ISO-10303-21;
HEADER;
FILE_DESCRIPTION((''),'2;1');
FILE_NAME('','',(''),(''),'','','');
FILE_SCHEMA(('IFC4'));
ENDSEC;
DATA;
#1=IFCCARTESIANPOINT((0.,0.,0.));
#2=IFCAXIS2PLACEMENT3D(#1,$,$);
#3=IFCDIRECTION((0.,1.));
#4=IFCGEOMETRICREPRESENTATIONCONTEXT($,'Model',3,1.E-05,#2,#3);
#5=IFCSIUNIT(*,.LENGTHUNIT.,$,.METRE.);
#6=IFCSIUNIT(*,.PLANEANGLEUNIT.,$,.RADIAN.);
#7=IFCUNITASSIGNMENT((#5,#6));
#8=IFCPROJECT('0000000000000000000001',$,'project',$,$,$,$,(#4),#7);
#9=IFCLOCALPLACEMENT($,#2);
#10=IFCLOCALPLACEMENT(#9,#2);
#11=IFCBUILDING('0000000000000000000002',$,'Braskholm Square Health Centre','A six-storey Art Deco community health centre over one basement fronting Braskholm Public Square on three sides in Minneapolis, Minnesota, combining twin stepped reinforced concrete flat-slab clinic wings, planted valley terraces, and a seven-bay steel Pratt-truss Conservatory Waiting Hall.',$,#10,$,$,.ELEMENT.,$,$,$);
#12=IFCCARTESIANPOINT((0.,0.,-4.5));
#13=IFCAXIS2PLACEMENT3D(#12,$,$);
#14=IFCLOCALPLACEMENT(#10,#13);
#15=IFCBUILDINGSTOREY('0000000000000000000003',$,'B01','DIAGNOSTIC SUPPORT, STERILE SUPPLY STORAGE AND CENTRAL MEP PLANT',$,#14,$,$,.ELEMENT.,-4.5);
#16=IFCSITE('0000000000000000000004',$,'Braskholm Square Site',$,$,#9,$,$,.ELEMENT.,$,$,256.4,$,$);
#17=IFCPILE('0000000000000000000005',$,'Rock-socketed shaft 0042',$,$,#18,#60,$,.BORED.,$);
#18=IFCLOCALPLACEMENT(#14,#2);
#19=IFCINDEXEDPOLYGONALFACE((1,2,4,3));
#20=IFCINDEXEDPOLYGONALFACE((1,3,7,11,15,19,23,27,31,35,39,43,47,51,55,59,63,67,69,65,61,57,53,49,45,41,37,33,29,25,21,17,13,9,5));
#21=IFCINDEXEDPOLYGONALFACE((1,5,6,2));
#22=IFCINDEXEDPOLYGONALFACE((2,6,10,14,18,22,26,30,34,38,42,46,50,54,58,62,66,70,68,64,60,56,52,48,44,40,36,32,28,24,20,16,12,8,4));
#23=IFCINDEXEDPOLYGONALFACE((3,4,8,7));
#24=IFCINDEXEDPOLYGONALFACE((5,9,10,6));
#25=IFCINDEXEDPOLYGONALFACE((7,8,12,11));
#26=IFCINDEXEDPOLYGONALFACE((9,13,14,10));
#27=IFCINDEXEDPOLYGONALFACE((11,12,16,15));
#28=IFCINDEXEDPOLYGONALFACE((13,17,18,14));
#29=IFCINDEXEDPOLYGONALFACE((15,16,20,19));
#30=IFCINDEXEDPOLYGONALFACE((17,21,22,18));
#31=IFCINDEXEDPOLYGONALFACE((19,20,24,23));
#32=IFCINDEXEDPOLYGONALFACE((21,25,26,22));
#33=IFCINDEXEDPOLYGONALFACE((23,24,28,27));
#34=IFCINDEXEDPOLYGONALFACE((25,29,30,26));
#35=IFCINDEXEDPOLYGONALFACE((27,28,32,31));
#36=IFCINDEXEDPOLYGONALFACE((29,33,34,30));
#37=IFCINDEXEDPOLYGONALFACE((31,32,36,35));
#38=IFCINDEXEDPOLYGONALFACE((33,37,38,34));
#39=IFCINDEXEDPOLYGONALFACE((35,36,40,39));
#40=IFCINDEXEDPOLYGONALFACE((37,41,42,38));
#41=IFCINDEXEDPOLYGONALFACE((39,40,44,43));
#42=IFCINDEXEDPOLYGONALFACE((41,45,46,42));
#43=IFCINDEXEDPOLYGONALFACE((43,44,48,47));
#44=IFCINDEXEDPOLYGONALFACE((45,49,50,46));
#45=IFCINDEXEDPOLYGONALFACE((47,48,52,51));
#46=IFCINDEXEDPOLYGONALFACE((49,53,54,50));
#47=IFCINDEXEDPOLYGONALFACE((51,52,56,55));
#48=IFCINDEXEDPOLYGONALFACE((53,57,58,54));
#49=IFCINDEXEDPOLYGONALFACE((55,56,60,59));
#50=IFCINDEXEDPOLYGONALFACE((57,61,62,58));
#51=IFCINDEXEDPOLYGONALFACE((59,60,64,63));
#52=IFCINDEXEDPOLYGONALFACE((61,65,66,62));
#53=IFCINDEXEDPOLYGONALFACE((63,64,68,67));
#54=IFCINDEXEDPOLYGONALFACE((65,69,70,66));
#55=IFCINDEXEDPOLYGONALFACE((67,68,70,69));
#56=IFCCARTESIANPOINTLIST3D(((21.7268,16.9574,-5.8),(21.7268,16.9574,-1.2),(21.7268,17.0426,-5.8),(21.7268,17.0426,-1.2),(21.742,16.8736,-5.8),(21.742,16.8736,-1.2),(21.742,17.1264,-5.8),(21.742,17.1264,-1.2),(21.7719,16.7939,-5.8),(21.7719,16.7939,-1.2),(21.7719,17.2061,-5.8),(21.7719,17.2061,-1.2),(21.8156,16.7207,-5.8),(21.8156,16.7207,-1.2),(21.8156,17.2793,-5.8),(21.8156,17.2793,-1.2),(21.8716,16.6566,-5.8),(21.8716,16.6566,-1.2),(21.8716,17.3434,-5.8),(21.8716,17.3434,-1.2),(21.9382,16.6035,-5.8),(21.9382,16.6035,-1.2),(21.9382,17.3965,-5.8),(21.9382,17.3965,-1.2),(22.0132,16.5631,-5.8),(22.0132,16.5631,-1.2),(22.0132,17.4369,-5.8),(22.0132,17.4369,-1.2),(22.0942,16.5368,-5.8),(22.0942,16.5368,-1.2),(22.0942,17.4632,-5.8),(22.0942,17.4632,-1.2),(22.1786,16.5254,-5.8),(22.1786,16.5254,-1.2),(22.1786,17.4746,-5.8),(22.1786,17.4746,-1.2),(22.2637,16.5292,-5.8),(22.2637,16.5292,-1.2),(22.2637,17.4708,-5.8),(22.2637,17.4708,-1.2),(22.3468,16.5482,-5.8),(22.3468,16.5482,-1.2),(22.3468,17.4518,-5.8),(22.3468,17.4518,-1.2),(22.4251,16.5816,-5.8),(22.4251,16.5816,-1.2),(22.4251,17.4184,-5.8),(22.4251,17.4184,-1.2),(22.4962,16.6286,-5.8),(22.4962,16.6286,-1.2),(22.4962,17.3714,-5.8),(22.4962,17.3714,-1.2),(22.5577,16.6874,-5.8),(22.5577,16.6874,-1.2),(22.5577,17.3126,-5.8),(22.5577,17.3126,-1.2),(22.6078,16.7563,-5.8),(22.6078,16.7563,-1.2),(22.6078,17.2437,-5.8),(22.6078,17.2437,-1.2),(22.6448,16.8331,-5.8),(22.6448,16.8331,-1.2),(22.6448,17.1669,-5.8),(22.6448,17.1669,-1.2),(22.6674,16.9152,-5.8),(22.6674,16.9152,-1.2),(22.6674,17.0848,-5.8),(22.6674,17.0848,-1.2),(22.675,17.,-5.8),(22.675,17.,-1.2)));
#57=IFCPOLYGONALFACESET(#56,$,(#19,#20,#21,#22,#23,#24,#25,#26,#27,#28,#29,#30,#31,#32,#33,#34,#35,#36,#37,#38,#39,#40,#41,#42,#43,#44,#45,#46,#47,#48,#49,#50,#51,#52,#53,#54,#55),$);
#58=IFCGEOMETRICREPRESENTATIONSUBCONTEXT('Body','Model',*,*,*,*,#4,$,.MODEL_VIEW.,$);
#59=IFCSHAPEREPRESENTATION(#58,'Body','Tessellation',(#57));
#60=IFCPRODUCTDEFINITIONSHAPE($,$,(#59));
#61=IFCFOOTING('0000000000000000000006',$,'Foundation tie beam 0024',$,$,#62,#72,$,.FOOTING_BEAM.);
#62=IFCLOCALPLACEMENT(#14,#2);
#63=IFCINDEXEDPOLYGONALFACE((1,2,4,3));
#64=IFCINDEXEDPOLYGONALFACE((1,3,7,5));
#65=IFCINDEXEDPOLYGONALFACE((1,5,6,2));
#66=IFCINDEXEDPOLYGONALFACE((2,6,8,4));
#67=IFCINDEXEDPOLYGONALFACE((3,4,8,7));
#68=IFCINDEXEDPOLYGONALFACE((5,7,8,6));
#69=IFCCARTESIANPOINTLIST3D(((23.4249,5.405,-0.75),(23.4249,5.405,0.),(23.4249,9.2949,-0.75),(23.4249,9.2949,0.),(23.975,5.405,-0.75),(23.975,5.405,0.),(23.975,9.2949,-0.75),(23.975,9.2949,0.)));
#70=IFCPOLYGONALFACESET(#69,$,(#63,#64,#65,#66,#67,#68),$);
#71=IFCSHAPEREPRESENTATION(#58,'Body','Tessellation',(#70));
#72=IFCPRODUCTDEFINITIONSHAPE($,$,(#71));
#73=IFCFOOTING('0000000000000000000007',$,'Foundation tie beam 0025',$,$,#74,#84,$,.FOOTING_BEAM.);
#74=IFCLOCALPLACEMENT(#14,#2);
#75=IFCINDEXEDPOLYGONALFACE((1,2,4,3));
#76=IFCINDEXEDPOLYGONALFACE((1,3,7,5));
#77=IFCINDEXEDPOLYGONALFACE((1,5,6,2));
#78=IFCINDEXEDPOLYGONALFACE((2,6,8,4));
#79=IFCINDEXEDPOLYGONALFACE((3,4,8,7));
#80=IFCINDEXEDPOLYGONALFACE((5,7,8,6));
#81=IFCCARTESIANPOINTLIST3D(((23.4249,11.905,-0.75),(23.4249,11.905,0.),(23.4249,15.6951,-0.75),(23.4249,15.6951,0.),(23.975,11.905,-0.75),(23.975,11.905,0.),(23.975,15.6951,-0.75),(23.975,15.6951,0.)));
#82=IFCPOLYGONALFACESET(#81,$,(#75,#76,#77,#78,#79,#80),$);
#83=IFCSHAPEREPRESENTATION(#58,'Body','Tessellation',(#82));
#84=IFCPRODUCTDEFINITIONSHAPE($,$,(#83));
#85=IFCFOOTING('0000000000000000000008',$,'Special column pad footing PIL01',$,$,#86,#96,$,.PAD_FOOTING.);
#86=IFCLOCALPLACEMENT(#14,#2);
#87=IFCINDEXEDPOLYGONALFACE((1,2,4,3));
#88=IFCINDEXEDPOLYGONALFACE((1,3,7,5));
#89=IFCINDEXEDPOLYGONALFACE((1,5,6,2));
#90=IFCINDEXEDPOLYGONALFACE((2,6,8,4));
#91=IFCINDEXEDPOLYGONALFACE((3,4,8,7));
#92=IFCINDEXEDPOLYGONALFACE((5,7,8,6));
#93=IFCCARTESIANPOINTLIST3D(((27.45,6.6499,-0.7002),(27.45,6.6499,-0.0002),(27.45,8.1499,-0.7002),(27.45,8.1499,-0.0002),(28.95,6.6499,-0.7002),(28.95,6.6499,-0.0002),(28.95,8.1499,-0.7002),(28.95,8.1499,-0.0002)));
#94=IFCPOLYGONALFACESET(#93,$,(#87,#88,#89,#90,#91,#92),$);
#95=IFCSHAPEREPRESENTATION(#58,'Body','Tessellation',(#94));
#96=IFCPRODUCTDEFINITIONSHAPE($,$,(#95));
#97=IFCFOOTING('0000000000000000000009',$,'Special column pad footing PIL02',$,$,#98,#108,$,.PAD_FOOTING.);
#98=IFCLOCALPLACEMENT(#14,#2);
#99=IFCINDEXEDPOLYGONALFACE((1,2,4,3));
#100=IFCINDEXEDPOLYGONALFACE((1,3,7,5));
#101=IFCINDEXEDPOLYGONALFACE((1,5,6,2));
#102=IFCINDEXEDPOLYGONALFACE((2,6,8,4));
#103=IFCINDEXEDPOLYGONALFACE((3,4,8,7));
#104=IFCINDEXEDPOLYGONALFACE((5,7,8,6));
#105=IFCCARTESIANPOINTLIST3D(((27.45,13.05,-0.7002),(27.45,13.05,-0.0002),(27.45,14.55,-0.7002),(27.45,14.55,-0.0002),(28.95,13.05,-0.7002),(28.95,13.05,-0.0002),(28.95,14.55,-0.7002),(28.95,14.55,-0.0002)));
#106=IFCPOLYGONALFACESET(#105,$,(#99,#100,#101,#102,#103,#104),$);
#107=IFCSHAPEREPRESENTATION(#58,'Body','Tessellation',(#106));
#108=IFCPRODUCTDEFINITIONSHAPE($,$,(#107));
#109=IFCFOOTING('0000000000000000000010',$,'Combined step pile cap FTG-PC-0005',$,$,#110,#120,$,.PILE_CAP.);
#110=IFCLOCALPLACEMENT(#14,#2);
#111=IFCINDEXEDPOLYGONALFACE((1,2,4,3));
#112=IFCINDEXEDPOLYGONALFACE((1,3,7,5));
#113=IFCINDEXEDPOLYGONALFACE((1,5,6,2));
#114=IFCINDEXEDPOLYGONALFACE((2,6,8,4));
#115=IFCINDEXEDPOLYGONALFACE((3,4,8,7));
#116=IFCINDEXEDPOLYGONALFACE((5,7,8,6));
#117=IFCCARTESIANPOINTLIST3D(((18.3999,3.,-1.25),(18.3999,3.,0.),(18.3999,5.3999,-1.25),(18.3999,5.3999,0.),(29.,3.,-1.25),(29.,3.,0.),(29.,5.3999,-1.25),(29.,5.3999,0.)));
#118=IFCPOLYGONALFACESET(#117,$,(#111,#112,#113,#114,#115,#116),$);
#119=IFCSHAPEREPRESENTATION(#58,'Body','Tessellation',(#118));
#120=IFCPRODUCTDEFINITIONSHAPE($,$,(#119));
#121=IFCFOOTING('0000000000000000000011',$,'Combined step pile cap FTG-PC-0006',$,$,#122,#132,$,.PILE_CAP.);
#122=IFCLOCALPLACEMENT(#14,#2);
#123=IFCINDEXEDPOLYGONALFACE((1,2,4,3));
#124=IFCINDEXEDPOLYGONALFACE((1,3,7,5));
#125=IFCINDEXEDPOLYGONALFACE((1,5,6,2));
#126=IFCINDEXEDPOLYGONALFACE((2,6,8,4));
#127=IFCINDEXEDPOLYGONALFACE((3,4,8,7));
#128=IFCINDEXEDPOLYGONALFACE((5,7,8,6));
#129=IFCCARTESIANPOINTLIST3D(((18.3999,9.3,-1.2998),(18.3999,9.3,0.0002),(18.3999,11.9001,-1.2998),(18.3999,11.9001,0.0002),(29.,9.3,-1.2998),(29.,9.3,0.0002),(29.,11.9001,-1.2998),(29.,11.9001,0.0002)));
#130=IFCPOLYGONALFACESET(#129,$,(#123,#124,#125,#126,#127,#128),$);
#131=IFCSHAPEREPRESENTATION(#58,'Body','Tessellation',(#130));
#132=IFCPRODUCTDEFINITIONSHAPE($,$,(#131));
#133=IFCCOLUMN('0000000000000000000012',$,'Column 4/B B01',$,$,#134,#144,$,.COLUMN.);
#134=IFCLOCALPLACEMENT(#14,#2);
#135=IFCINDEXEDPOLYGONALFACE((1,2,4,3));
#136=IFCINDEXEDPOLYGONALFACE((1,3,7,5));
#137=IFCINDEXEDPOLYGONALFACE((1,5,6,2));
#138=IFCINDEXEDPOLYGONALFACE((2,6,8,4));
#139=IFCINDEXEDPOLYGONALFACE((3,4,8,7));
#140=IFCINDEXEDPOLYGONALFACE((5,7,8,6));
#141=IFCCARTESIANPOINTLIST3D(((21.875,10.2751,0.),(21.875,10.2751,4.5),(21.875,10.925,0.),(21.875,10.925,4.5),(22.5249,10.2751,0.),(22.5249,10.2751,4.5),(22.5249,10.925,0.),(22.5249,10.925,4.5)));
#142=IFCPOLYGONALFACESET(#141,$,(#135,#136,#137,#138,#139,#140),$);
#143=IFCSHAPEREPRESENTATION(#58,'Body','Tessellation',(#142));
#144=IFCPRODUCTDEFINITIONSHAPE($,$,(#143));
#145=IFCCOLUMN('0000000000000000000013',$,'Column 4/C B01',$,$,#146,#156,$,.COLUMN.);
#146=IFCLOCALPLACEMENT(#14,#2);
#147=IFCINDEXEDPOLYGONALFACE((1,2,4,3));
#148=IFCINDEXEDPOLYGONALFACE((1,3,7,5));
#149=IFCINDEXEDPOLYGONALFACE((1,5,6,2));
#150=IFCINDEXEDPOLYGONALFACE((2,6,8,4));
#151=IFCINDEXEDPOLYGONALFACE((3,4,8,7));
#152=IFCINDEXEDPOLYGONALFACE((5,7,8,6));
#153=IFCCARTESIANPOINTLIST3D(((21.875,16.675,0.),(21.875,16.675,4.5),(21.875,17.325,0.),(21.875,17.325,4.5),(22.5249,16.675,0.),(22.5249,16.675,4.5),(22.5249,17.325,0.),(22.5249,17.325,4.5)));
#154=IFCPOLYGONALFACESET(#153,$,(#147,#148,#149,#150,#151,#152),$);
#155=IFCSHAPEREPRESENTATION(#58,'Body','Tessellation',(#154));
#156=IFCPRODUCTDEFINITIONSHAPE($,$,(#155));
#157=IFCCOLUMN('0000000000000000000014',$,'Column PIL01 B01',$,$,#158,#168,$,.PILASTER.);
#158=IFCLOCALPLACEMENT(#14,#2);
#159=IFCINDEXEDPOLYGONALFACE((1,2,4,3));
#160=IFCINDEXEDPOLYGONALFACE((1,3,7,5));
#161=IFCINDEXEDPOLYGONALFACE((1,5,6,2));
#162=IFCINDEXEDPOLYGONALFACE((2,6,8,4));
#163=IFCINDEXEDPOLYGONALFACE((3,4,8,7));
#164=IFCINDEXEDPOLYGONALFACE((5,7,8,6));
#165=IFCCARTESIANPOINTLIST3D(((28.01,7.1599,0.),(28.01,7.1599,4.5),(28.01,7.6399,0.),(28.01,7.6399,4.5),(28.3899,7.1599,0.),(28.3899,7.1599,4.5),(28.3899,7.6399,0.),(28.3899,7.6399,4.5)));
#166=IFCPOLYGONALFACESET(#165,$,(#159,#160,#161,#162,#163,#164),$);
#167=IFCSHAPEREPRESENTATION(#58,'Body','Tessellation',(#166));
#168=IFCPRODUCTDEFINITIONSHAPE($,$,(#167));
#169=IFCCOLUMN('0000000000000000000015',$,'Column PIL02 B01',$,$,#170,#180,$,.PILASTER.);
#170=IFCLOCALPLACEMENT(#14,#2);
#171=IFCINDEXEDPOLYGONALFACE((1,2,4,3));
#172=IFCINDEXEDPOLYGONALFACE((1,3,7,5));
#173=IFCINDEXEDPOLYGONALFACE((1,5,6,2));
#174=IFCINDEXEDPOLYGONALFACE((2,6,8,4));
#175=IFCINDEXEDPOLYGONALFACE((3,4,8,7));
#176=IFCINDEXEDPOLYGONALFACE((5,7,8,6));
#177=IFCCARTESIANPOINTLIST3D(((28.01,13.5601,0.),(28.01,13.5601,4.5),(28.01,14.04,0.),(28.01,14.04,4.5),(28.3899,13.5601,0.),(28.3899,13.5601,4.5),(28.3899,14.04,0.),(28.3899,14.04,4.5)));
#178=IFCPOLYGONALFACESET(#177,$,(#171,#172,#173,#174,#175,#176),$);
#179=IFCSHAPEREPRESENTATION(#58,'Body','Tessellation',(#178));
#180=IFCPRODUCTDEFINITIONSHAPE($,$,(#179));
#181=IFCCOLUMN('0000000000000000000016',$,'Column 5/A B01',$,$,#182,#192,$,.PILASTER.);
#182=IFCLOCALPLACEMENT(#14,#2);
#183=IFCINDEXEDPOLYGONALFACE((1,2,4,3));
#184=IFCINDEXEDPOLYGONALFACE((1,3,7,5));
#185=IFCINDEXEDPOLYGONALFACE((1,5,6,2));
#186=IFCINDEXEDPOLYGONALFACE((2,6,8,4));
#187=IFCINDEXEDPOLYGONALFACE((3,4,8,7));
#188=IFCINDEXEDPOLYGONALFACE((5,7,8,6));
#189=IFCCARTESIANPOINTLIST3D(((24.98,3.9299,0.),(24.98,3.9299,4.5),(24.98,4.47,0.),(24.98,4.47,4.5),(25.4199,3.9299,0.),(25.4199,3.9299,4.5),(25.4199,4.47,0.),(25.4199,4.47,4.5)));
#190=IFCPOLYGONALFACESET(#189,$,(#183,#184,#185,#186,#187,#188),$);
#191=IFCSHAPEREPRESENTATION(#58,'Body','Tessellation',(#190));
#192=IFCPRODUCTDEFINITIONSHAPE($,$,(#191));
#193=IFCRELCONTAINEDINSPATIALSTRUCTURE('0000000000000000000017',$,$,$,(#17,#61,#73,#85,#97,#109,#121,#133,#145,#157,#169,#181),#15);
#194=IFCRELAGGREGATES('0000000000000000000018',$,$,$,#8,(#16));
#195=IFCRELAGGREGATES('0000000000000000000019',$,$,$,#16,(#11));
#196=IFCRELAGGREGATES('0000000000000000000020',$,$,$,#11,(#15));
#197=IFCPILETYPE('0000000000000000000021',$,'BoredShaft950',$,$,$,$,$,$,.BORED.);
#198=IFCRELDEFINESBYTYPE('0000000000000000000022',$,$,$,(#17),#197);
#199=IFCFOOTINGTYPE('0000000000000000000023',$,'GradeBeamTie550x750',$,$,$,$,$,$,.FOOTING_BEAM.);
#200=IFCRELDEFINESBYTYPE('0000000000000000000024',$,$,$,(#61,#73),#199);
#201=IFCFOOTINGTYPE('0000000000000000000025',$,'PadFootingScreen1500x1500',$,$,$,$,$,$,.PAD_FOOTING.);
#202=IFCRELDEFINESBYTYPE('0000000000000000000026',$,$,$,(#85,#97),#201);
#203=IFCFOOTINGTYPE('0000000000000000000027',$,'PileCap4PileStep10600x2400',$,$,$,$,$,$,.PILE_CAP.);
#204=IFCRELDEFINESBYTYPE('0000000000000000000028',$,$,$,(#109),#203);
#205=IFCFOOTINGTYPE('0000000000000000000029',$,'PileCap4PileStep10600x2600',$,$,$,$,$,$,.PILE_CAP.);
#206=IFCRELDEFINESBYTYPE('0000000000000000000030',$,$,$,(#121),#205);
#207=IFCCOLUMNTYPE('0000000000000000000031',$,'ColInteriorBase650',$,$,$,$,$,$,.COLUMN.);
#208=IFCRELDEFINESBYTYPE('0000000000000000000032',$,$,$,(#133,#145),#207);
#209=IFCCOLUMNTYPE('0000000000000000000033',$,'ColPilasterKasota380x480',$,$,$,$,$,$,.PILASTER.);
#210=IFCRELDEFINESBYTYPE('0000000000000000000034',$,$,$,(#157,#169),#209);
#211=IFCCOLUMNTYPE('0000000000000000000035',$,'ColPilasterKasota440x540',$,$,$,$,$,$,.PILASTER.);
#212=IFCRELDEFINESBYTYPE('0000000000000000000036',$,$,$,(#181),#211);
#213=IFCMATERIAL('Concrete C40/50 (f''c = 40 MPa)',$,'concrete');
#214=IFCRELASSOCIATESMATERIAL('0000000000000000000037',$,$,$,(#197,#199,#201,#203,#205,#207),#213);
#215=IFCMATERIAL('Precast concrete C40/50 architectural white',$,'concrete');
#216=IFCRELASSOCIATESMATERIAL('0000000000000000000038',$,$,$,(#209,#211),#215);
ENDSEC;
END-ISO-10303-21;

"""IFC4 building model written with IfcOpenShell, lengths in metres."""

from ifc_helpers import new_model, si_unit, direction, frame, origin, origin_2d, place, context, subcontext, project, spatial, rectangle, circle, extrude, material, material_profile, profile_set, type_object, element, save


model = new_model("IFC4")

# Units and contexts
model_context = context("Model", 3, precision=1e-05, world=origin(), true_north=direction((0.0, 1.0)))
body_context = subcontext(model_context, "Body", "Model", "MODEL_VIEW")
ifc_project = project(units=[si_unit("LENGTHUNIT", "METRE"), si_unit("PLANEANGLEUNIT", "RADIAN")], contexts=[model_context])

# Site, building, storey
site_placement = place(None, origin())
site = spatial("IfcSite", under=ifc_project, at=site_placement, Name="Braskholm Square Site", CompositionType="ELEMENT", RefElevation=256.4)
building_placement = place(site_placement, origin())
building = spatial("IfcBuilding", under=site, at=building_placement, Name="Braskholm Square Health Centre", Description="A six-storey Art Deco community health centre over one basement fronting Braskholm Public Square on three sides in Minneapolis, Minnesota, combining twin stepped reinforced concrete flat-slab clinic wings, planted valley terraces, and a seven-bay steel Pratt-truss Conservatory Waiting Hall.", CompositionType="ELEMENT")
storey_placement = place(building_placement, frame((0.0, 0.0, -4.5)))
storey = spatial("IfcBuildingStorey", under=building, at=storey_placement, Name="B01", Description="DIAGNOSTIC SUPPORT, STERILE SUPPLY STORAGE AND CENTRAL MEP PLANT", CompositionType="ELEMENT", Elevation=-4.5)

# Pile
ifc_material_1 = material(Name="Concrete C40/50 (f'c = 40 MPa)", Category="concrete")
ifc_material_profile_1 = material_profile(ifc_material_1, circle(Radius=0.4751, at=origin_2d()), Name="BORED-PILE-950")
ifc_profile_set_1 = profile_set([ifc_material_profile_1], Name="Concrete C40/50 (f'c = 40 MPa)")
pile_type_1 = type_object("IfcPileType", Name="BoredShaft950", PredefinedType="BORED", material=ifc_profile_set_1)
for number, where, z_axis, x_axis, name in (
    (1, (22.2, 17.0, -1.2), (0.0, 0.0, -1.0), (1.0, 0.0, 0.0), "Rock-socketed shaft 0042"),
):
    element("IfcPile", number, at=place(storey_placement, frame(where, z_axis=z_axis, x_axis=x_axis)), inside=storey, type_object=pile_type_1, Name=name, PredefinedType="BORED", context=body_context, shape_type="SweptSolid", body=[
        extrude(circle(Radius=0.4751, at=origin_2d()), origin(), (0.0, 0.0, 1.0), 4.6001),
    ])

# Footings
ifc_material_profile_2 = material_profile(ifc_material_1, rectangle(XDim=0.55, YDim=0.75, at=origin_2d()), Name="FTG-550X750")
ifc_profile_set_2 = profile_set([ifc_material_profile_2], Name="Concrete C40/50 (f'c = 40 MPa)")
footing_type_1 = type_object("IfcFootingType", Name="GradeBeamTie550x750", PredefinedType="FOOTING_BEAM", material=ifc_profile_set_2)
footing_1_placement = place(storey_placement, frame((23.7, 5.405, -0.375), z_axis=(0.0, 1.0, 0.0), x_axis=(-1.0, 0.0, 0.0)))
element("IfcFooting", 2, at=footing_1_placement, inside=storey, type_object=footing_type_1, Name="Foundation tie beam 0024", PredefinedType="FOOTING_BEAM", context=body_context, shape_type="SweptSolid", body=[
    extrude(rectangle(XDim=0.55, YDim=0.75, at=origin_2d()), origin(), (0.0, 0.0, 1.0), 3.8899),
])
footing_2_placement = place(storey_placement, frame((23.7, 11.905, -0.375), z_axis=(0.0, 1.0, 0.0), x_axis=(-1.0, 0.0, 0.0)))
element("IfcFooting", 3, at=footing_2_placement, inside=storey, type_object=footing_type_1, Name="Foundation tie beam 0025", PredefinedType="FOOTING_BEAM", context=body_context, shape_type="SweptSolid", body=[
    extrude(rectangle(XDim=0.55, YDim=0.75, at=origin_2d()), origin(), (0.0, 0.0, 1.0), 3.79),
])
footing_type_2 = type_object("IfcFootingType", Name="PadFootingScreen1500x1500", PredefinedType="PAD_FOOTING", material=ifc_material_1)
for number, where, z_axis, x_axis, name in (
    (4, (28.2, 7.3999, -0.7002), (0.0, 0.0, 1.0), (1.0, 0.0, 0.0), "Special column pad footing PIL01"),
    (5, (28.2, 13.8, -0.7002), (0.0, 0.0, 1.0), (1.0, 0.0, 0.0), "Special column pad footing PIL02"),
):
    element("IfcFooting", number, at=place(storey_placement, frame(where, z_axis=z_axis, x_axis=x_axis)), inside=storey, type_object=footing_type_2, Name=name, PredefinedType="PAD_FOOTING", context=body_context, shape_type="SweptSolid", body=[
        extrude(rectangle(XDim=1.5, YDim=1.5, at=origin_2d()), origin(), (0.0, 0.0, 1.0), 0.7),
    ])
footing_type_3 = type_object("IfcFootingType", Name="PileCap4PileStep10600x2400", PredefinedType="PILE_CAP", material=ifc_material_1)
footing_3_placement = place(storey_placement, frame((23.7, 4.2, -1.25), z_axis=(0.0, 0.0, 1.0), x_axis=(1.0, 0.0, 0.0)))
element("IfcFooting", 6, at=footing_3_placement, inside=storey, type_object=footing_type_3, Name="Combined step pile cap FTG-PC-0005", PredefinedType="PILE_CAP", context=body_context, shape_type="SweptSolid", body=[
    extrude(rectangle(XDim=10.6001, YDim=2.3999, at=origin_2d()), origin(), (0.0, 0.0, 1.0), 1.25),
])
footing_type_4 = type_object("IfcFootingType", Name="PileCap4PileStep10600x2600", PredefinedType="PILE_CAP", material=ifc_material_1)
footing_4_placement = place(storey_placement, frame((23.7, 10.6001, -1.2998), z_axis=(0.0, 0.0, 1.0), x_axis=(1.0, 0.0, 0.0)))
element("IfcFooting", 7, at=footing_4_placement, inside=storey, type_object=footing_type_4, Name="Combined step pile cap FTG-PC-0006", PredefinedType="PILE_CAP", context=body_context, shape_type="SweptSolid", body=[
    extrude(rectangle(XDim=10.6001, YDim=2.6001, at=origin_2d()), origin(), (0.0, 0.0, 1.0), 1.3),
])

# Columns
ifc_material_profile_3 = material_profile(ifc_material_1, rectangle(XDim=0.6499, YDim=0.6499, at=origin_2d()), Name="RC-650X650")
ifc_profile_set_3 = profile_set([ifc_material_profile_3], Name="Concrete C40/50 (f'c = 40 MPa)")
column_type_1 = type_object("IfcColumnType", Name="ColInteriorBase650", PredefinedType="COLUMN", material=ifc_profile_set_3)
for number, where, z_axis, x_axis, name in (
    (8, (22.2, 10.6001, 0.0), (0.0, 0.0, 1.0), (1.0, 0.0, 0.0), "Column 4/B B01"),
    (9, (22.2, 17.0, 0.0), (0.0, 0.0, 1.0), (1.0, 0.0, 0.0), "Column 4/C B01"),
):
    element("IfcColumn", number, at=place(storey_placement, frame(where, z_axis=z_axis, x_axis=x_axis)), inside=storey, type_object=column_type_1, Name=name, PredefinedType="COLUMN", context=body_context, shape_type="SweptSolid", body=[
        extrude(rectangle(XDim=0.6499, YDim=0.6499, at=origin_2d()), origin(), (0.0, 0.0, 1.0), 4.5),
    ])
ifc_material_2 = material(Name="Precast concrete C40/50 architectural white", Category="concrete")
ifc_material_profile_4 = material_profile(ifc_material_2, rectangle(XDim=0.3799, YDim=0.48, at=origin_2d()), Name="RC-380X480")
ifc_profile_set_4 = profile_set([ifc_material_profile_4], Name="Precast concrete C40/50 architectural white")
column_type_2 = type_object("IfcColumnType", Name="ColPilasterKasota380x480", PredefinedType="PILASTER", material=ifc_profile_set_4)
for number, where, z_axis, x_axis, name in (
    (10, (28.2, 7.3999, 0.0), (0.0, 0.0, 1.0), (1.0, 0.0, 0.0), "Column PIL01 B01"),
    (11, (28.2, 13.8, 0.0), (0.0, 0.0, 1.0), (1.0, 0.0, 0.0), "Column PIL02 B01"),
):
    element("IfcColumn", number, at=place(storey_placement, frame(where, z_axis=z_axis, x_axis=x_axis)), inside=storey, type_object=column_type_2, Name=name, PredefinedType="PILASTER", context=body_context, shape_type="SweptSolid", body=[
        extrude(rectangle(XDim=0.3799, YDim=0.48, at=origin_2d()), origin(), (0.0, 0.0, 1.0), 4.5),
    ])
ifc_material_profile_5 = material_profile(ifc_material_2, rectangle(XDim=0.4399, YDim=0.54, at=origin_2d()), Name="RC-440X540")
ifc_profile_set_5 = profile_set([ifc_material_profile_5], Name="Precast concrete C40/50 architectural white")
column_type_3 = type_object("IfcColumnType", Name="ColPilasterKasota440x540", PredefinedType="PILASTER", material=ifc_profile_set_5)
for number, where, z_axis, x_axis, name in (
    (12, (25.2, 4.2, 0.0), (0.0, 0.0, 1.0), (1.0, 0.0, 0.0), "Column 5/A B01"),
):
    element("IfcColumn", number, at=place(storey_placement, frame(where, z_axis=z_axis, x_axis=x_axis)), inside=storey, type_object=column_type_3, Name=name, PredefinedType="PILASTER", context=body_context, shape_type="SweptSolid", body=[
        extrude(rectangle(XDim=0.4399, YDim=0.54, at=origin_2d()), origin(), (0.0, 0.0, 1.0), 4.5),
    ])

save(model, "model.ifc")
